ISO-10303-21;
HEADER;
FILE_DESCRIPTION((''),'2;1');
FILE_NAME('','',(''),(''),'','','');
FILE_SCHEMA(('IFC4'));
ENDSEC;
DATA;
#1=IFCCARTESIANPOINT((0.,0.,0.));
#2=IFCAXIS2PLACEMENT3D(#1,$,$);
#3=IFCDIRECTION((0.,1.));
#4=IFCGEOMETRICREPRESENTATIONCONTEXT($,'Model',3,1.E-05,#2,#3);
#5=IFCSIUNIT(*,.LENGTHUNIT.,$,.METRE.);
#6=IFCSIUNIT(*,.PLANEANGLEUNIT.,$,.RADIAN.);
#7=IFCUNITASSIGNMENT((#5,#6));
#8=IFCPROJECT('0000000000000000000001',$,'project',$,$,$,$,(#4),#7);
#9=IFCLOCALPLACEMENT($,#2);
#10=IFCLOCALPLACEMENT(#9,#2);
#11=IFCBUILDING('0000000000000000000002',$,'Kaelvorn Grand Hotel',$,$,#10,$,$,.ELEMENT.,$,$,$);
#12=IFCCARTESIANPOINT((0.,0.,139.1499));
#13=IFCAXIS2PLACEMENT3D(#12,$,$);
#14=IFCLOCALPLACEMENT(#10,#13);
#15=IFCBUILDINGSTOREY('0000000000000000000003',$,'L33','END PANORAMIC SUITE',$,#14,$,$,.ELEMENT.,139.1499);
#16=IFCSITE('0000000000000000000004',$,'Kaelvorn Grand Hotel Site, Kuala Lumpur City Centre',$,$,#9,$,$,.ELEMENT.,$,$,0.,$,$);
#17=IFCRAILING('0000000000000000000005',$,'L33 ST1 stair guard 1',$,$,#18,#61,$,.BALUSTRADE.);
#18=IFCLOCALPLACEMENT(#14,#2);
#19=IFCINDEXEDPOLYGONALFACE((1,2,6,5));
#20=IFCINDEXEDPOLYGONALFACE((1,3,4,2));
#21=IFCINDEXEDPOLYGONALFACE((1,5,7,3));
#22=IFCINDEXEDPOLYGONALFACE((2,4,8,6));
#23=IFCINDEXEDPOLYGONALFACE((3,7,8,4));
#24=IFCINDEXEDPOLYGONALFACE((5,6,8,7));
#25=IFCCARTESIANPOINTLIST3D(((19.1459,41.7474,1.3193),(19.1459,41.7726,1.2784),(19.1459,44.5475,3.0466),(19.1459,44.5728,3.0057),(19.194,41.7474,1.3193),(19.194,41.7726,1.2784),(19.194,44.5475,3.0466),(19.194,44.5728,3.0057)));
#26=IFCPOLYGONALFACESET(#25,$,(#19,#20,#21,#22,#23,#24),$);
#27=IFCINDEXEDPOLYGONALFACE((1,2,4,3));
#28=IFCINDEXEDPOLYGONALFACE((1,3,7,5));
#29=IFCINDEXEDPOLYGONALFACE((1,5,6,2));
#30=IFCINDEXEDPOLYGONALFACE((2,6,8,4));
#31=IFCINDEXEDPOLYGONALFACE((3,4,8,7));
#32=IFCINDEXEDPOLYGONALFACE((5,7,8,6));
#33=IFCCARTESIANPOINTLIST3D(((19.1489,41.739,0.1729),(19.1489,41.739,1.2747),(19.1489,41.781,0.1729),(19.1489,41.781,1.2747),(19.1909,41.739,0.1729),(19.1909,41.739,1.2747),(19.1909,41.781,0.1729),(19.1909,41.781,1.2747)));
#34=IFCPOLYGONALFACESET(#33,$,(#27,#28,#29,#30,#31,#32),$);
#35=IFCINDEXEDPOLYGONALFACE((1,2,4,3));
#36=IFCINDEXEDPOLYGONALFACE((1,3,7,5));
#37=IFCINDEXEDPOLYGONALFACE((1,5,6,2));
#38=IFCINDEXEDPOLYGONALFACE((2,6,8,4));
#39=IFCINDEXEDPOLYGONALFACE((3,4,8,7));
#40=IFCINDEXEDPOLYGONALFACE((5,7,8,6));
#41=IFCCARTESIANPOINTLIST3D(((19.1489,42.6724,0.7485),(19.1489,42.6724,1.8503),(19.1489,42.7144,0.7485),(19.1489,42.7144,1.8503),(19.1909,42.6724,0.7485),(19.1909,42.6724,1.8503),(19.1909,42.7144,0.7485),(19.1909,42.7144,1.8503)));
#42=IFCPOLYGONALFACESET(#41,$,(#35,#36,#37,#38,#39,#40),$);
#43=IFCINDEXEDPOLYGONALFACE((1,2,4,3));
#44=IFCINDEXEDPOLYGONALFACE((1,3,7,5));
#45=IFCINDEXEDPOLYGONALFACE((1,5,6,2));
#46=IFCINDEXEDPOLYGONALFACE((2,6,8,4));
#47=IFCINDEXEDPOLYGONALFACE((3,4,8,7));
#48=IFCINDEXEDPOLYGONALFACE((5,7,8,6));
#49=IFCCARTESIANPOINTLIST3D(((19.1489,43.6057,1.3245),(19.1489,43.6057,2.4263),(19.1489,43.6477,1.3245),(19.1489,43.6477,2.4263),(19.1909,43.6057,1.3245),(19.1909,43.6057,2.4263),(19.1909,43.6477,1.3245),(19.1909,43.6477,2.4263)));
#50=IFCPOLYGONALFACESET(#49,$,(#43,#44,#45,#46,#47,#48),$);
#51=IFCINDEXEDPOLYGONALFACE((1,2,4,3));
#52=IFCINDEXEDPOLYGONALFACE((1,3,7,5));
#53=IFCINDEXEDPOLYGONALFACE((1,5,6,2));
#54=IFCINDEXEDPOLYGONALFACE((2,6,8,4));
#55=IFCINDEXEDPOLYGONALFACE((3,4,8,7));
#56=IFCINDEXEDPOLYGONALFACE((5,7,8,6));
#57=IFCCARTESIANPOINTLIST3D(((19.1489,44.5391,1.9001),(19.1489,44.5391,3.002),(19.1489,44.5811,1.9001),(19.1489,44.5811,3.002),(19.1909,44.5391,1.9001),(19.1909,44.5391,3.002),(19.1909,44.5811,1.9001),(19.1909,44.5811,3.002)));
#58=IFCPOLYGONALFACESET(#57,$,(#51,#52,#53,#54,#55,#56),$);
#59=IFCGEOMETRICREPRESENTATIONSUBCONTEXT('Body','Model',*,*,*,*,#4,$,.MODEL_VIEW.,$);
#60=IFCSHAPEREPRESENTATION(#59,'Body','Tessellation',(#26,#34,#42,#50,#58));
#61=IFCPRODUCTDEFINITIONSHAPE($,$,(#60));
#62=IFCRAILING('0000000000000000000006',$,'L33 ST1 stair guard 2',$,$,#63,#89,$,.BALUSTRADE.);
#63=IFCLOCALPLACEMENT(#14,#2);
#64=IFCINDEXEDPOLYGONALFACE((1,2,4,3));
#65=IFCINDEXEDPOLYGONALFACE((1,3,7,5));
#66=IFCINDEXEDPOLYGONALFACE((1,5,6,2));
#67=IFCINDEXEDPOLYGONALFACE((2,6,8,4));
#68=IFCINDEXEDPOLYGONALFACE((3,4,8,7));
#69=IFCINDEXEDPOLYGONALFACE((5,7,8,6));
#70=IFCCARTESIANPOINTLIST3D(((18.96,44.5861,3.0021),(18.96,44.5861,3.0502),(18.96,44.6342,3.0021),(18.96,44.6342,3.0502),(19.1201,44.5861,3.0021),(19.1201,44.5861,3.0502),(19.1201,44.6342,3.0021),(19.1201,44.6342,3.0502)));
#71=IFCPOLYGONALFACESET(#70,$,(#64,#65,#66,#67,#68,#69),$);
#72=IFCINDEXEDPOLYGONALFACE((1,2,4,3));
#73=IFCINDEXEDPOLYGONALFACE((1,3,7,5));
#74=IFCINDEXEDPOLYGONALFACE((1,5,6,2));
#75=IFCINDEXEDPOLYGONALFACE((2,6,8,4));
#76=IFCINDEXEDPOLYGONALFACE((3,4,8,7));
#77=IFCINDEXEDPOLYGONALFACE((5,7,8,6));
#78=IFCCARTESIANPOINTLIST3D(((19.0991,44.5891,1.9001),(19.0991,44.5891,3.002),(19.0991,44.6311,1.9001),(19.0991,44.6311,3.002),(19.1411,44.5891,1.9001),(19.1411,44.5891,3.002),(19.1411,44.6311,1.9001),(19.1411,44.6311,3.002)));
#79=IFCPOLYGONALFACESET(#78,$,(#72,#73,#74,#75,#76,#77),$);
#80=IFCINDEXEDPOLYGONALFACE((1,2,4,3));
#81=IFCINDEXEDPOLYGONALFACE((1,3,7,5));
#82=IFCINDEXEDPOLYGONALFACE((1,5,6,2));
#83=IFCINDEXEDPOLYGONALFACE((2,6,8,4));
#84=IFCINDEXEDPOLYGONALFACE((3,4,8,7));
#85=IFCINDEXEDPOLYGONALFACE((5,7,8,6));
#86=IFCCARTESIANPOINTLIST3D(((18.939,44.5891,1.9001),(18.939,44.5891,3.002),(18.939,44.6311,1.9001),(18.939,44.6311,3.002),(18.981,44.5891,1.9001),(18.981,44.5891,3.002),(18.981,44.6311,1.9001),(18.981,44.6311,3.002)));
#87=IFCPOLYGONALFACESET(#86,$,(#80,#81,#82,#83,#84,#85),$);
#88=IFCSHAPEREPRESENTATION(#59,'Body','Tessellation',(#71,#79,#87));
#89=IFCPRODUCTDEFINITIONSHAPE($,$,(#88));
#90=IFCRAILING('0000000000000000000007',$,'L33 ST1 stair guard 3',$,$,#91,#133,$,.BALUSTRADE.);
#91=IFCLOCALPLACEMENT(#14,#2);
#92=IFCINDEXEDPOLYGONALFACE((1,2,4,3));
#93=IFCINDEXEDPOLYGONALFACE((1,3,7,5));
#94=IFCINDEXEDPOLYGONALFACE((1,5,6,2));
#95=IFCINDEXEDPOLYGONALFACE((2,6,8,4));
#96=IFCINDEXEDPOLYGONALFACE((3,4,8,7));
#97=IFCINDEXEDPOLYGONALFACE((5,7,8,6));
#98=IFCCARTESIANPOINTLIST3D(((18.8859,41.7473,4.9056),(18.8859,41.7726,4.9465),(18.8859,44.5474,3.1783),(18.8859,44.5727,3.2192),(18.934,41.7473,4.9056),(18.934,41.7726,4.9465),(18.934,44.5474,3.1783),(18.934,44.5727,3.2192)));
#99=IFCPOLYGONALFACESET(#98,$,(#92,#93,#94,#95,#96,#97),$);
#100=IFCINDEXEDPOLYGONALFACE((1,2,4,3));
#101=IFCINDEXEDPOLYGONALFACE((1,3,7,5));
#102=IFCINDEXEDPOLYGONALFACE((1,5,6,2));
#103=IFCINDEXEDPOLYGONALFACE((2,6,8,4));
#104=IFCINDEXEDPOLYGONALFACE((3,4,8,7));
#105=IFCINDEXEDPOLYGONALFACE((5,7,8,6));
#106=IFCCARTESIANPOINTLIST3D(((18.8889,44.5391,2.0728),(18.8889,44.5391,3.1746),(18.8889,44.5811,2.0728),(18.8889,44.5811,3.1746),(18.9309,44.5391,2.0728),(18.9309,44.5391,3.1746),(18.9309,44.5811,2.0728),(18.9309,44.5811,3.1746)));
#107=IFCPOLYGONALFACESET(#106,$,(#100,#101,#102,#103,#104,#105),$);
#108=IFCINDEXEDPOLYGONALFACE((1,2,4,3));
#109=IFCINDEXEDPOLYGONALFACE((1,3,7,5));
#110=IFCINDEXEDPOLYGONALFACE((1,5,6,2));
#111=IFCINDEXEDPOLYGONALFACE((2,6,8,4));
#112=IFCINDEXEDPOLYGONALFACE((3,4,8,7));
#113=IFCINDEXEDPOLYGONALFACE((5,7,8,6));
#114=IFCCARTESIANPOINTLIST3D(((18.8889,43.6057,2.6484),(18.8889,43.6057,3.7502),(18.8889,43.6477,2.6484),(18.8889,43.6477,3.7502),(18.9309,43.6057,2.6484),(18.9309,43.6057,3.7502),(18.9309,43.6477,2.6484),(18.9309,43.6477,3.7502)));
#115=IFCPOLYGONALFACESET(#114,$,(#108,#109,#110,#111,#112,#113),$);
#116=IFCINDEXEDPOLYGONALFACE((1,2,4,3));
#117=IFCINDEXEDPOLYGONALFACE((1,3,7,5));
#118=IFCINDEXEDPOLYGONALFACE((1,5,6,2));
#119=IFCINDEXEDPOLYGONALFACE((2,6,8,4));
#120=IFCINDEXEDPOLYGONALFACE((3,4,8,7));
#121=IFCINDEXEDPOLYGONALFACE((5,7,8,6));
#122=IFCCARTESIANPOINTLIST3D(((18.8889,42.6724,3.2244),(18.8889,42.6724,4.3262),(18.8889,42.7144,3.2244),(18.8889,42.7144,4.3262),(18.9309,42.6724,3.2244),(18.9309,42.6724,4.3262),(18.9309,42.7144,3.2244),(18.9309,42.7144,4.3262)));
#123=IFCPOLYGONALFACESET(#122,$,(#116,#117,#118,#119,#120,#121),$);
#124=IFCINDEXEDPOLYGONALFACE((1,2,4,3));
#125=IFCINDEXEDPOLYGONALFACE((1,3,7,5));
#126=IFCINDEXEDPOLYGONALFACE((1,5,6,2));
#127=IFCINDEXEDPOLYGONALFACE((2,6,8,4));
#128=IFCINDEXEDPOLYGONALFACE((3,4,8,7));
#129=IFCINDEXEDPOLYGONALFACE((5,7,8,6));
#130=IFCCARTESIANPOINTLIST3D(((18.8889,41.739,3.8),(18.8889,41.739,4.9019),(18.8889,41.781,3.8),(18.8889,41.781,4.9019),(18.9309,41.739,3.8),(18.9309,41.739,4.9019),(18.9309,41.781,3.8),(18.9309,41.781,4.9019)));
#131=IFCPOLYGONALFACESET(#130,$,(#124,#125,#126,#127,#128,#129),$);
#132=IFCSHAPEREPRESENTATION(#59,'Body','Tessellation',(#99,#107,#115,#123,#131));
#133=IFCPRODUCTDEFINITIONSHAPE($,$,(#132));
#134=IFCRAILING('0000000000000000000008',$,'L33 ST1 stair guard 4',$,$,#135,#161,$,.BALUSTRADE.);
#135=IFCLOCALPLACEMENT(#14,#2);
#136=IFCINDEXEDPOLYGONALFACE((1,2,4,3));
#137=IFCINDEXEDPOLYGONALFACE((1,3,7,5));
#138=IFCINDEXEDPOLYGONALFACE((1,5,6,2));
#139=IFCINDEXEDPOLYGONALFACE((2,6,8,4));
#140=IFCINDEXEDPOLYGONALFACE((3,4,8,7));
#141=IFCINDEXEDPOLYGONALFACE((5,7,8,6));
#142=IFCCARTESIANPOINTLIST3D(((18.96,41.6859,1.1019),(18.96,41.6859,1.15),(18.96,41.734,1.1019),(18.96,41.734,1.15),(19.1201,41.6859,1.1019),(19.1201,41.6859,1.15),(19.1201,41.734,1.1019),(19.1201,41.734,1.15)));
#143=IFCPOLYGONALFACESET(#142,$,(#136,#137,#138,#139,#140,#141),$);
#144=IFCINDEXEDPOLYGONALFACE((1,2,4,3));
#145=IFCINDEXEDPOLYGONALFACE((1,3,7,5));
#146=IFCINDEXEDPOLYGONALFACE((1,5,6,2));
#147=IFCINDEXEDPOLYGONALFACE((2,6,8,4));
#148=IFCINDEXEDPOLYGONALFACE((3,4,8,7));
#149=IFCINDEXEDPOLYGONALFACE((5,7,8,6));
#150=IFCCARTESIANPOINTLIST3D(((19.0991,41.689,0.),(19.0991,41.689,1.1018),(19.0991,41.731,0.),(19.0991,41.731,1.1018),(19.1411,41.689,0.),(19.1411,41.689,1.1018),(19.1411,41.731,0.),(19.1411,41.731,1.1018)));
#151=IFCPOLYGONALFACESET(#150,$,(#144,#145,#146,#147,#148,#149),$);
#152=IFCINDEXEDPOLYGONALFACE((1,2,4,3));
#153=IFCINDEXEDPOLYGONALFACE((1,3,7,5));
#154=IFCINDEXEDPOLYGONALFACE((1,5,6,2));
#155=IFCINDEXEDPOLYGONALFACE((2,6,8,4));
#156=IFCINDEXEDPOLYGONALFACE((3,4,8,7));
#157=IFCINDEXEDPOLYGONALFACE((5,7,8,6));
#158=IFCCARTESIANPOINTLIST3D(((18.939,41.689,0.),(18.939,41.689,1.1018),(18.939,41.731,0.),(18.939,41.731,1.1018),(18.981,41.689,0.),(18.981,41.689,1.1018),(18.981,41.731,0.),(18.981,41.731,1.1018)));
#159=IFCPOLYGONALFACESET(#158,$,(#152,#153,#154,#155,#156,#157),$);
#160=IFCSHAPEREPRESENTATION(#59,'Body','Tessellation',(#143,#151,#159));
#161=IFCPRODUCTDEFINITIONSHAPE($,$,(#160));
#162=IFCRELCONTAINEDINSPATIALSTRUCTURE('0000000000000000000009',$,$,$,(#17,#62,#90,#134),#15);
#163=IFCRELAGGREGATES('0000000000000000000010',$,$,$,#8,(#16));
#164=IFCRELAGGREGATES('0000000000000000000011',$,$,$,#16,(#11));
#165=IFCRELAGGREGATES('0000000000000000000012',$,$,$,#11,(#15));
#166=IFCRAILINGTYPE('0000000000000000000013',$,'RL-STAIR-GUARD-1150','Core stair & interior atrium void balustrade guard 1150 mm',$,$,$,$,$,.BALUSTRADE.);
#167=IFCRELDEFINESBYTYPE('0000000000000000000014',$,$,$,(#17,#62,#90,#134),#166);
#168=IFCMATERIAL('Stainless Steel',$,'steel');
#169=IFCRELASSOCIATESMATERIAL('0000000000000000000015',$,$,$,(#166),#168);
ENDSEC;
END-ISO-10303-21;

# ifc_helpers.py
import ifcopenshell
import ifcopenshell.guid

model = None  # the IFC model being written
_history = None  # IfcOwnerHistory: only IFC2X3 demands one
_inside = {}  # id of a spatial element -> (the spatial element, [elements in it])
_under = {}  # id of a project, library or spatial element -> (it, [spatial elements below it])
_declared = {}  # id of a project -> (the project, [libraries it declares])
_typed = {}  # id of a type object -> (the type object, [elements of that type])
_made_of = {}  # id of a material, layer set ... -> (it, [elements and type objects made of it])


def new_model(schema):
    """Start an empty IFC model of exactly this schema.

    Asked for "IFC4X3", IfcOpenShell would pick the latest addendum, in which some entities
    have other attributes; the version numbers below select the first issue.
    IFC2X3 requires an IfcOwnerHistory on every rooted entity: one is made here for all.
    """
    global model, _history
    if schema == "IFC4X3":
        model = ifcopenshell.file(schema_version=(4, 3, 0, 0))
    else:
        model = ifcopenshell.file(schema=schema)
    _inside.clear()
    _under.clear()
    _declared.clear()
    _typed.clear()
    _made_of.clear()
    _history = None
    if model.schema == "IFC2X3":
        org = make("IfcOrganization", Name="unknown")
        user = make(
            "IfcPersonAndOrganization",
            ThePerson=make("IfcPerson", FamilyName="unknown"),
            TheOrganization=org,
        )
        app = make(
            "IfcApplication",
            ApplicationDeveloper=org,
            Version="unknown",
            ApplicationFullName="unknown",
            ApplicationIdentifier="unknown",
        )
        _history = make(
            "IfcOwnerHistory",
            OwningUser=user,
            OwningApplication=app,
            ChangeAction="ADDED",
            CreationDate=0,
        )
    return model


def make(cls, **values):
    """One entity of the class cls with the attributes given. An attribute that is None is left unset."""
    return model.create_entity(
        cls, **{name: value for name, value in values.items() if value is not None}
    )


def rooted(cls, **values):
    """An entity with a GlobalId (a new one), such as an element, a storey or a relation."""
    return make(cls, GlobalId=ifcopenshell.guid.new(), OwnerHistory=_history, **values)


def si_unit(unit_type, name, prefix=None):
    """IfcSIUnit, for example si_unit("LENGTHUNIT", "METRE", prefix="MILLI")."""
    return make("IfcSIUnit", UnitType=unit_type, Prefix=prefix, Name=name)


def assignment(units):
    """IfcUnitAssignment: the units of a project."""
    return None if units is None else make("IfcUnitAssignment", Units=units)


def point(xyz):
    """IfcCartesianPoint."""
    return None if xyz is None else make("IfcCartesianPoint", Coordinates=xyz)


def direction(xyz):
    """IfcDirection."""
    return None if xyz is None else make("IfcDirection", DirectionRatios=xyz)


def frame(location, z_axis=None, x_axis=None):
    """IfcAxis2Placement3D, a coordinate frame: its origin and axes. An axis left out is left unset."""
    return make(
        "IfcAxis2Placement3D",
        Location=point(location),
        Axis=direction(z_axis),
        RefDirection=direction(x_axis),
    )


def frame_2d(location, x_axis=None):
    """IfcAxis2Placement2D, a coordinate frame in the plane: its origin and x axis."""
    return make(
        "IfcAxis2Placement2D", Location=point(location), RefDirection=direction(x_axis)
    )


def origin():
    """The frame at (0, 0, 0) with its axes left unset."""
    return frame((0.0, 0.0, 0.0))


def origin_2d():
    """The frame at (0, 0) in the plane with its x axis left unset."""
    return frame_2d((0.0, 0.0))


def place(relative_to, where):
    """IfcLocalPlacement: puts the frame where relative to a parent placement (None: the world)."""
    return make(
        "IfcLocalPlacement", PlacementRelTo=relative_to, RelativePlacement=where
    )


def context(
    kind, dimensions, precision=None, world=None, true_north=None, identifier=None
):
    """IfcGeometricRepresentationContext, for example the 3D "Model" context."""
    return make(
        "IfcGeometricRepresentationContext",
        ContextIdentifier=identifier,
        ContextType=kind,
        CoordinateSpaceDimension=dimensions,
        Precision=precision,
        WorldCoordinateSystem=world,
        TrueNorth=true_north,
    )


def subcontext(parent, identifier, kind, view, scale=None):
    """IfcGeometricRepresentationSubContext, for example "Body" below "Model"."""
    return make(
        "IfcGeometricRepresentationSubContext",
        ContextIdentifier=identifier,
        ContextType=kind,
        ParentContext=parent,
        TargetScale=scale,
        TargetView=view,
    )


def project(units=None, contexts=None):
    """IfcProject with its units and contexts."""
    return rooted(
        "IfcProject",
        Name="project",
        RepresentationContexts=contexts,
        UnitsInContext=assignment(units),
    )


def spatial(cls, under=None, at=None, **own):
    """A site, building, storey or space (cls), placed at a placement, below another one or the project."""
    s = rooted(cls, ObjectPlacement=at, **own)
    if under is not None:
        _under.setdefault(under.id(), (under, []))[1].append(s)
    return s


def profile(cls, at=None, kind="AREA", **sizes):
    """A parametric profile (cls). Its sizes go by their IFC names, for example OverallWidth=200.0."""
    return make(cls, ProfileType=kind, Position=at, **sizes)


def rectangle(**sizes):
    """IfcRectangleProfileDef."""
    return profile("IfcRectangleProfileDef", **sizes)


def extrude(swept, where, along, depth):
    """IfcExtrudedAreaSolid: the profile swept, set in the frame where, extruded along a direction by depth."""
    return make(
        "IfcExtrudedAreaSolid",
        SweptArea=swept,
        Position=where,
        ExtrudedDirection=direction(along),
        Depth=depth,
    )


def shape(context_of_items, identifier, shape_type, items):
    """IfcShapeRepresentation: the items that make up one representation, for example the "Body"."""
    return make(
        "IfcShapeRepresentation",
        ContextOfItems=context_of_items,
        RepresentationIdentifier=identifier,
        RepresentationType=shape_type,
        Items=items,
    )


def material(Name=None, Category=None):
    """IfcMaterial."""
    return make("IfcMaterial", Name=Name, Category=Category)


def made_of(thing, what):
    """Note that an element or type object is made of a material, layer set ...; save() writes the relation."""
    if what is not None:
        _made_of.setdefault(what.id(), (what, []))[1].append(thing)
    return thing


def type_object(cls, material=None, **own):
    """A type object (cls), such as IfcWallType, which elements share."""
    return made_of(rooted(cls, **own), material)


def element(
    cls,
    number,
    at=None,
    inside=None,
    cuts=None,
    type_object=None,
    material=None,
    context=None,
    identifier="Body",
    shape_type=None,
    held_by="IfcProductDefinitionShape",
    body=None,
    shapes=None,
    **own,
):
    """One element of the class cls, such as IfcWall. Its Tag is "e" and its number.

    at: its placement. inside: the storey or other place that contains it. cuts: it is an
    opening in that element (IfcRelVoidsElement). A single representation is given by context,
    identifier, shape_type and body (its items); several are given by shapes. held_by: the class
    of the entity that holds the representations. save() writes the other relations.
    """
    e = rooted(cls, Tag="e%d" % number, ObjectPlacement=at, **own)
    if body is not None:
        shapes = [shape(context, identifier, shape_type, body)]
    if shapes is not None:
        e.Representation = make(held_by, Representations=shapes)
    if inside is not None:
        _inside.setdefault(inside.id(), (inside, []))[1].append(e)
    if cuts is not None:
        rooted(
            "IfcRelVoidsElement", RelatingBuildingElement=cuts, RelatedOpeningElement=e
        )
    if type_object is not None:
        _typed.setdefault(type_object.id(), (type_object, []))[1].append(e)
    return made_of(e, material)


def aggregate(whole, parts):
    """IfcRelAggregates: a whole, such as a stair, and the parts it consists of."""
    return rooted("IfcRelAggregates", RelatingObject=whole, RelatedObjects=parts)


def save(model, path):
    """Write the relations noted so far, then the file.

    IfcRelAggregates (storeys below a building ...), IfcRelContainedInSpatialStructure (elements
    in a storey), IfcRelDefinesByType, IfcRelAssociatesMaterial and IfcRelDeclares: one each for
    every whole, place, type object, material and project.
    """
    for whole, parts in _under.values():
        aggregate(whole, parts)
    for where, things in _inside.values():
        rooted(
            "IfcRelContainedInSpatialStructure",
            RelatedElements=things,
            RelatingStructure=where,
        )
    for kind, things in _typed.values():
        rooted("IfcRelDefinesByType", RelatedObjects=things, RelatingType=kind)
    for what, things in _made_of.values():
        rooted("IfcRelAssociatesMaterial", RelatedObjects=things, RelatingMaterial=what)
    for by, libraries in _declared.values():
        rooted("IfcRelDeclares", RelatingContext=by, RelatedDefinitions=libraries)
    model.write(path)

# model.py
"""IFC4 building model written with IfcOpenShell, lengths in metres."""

from ifc_helpers import new_model, si_unit, direction, frame, origin, origin_2d, place, context, subcontext, project, spatial, rectangle, extrude, material, type_object, element, save


model = new_model("IFC4")

# Units and contexts
model_context = context("Model", 3, precision=1e-05, world=origin(), true_north=direction((0.0, 1.0)))
body_context = subcontext(model_context, "Body", "Model", "MODEL_VIEW")
ifc_project = project(units=[si_unit("LENGTHUNIT", "METRE"), si_unit("PLANEANGLEUNIT", "RADIAN")], contexts=[model_context])

# Site, building, storey
site_placement = place(None, origin())
site = spatial("IfcSite", under=ifc_project, at=site_placement, Name="Kaelvorn Grand Hotel Site, Kuala Lumpur City Centre", CompositionType="ELEMENT", RefElevation=0.0)
building_placement = place(site_placement, origin())
building = spatial("IfcBuilding", under=site, at=building_placement, Name="Kaelvorn Grand Hotel", CompositionType="ELEMENT")
storey_placement = place(building_placement, frame((0.0, 0.0, 139.1499)))
storey = spatial("IfcBuildingStorey", under=building, at=storey_placement, Name="L33", Description="END PANORAMIC SUITE", CompositionType="ELEMENT", Elevation=139.1499)

# Railings
ifc_material_1 = material(Name="Stainless Steel", Category="steel")
railing_type_1 = type_object("IfcRailingType", Name="RL-STAIR-GUARD-1150", Description="Core stair & interior atrium void balustrade guard 1150 mm", PredefinedType="BALUSTRADE", material=ifc_material_1)
railing_1_placement = place(storey_placement, frame((19.1699, 41.76, 0.1729)))
element("IfcRailing", 1, at=railing_1_placement, inside=storey, type_object=railing_type_1, Name="L33 ST1 stair guard 1", PredefinedType="BALUSTRADE", context=body_context, shape_type="SweptSolid", body=[
    extrude(rectangle(XDim=0.0481, YDim=0.0481, at=origin_2d()), frame((0.0, 0.0, 1.126), z_axis=(0.0, 0.85109, 0.52502), x_axis=(-1.0, 0.0, 0.0)), (0.0, 0.0, 1.0), 3.29),
    extrude(rectangle(XDim=0.042, YDim=0.042, at=origin_2d()), origin(), (0.0, 0.0, 1.0), 1.1018),
    extrude(rectangle(XDim=0.042, YDim=0.042, at=origin_2d()), frame((0.0, 0.9333, 0.5757)), (0.0, 0.0, 1.0), 1.1018),
    extrude(rectangle(XDim=0.042, YDim=0.042, at=origin_2d()), frame((0.0, 1.8667, 1.1516)), (0.0, 0.0, 1.0), 1.1018),
    extrude(rectangle(XDim=0.042, YDim=0.042, at=origin_2d()), frame((0.0, 2.8, 1.7273)), (0.0, 0.0, 1.0), 1.1018),
])
railing_2_placement = place(storey_placement, frame((19.1201, 44.6101, 1.9001)))
element("IfcRailing", 2, at=railing_2_placement, inside=storey, type_object=railing_type_1, Name="L33 ST1 stair guard 2", PredefinedType="BALUSTRADE", context=body_context, shape_type="SweptSolid", body=[
    extrude(rectangle(XDim=0.0481, YDim=0.0481, at=origin_2d()), frame((0.0, 0.0, 1.126), z_axis=(-1.0, 0.0, 0.0), x_axis=(0.0, -1.0, 0.0)), (0.0, 0.0, 1.0), 0.1602),
    extrude(rectangle(XDim=0.042, YDim=0.042, at=origin_2d()), origin(), (0.0, 0.0, 1.0), 1.1018),
    extrude(rectangle(XDim=0.042, YDim=0.042, at=origin_2d()), frame((-0.1602, 0.0, 0.0)), (0.0, 0.0, 1.0), 1.1018),
])
railing_3_placement = place(storey_placement, frame((18.9099, 44.5601, 2.0728)))
element("IfcRailing", 3, at=railing_3_placement, inside=storey, type_object=railing_type_1, Name="L33 ST1 stair guard 3", PredefinedType="BALUSTRADE", context=body_context, shape_type="SweptSolid", body=[
    extrude(rectangle(XDim=0.0481, YDim=0.0481, at=origin_2d()), frame((0.0, 0.0, 1.126), z_axis=(0.0, -0.85109, 0.52502), x_axis=(1.0, 0.0, 0.0)), (0.0, 0.0, 1.0), 3.29),
    extrude(rectangle(XDim=0.042, YDim=0.042, at=origin_2d()), origin(), (0.0, 0.0, 1.0), 1.1018),
    extrude(rectangle(XDim=0.042, YDim=0.042, at=origin_2d()), frame((0.0, -0.9333, 0.5757)), (0.0, 0.0, 1.0), 1.1018),
    extrude(rectangle(XDim=0.042, YDim=0.042, at=origin_2d()), frame((0.0, -1.8667, 1.1516)), (0.0, 0.0, 1.0), 1.1018),
    extrude(rectangle(XDim=0.042, YDim=0.042, at=origin_2d()), frame((0.0, -2.8, 1.7273)), (0.0, 0.0, 1.0), 1.1018),
])
railing_4_placement = place(storey_placement, frame((19.1201, 41.71, 0.0)))
element("IfcRailing", 4, at=railing_4_placement, inside=storey, type_object=railing_type_1, Name="L33 ST1 stair guard 4", PredefinedType="BALUSTRADE", context=body_context, shape_type="SweptSolid", body=[
    extrude(rectangle(XDim=0.0481, YDim=0.0481, at=origin_2d()), frame((0.0, 0.0, 1.126), z_axis=(-1.0, 0.0, 0.0), x_axis=(0.0, -1.0, 0.0)), (0.0, 0.0, 1.0), 0.1602),
    extrude(rectangle(XDim=0.042, YDim=0.042, at=origin_2d()), origin(), (0.0, 0.0, 1.0), 1.1018),
    extrude(rectangle(XDim=0.042, YDim=0.042, at=origin_2d()), frame((-0.1602, 0.0, 0.0)), (0.0, 0.0, 1.0), 1.1018),
])

save(model, "model.ifc")
